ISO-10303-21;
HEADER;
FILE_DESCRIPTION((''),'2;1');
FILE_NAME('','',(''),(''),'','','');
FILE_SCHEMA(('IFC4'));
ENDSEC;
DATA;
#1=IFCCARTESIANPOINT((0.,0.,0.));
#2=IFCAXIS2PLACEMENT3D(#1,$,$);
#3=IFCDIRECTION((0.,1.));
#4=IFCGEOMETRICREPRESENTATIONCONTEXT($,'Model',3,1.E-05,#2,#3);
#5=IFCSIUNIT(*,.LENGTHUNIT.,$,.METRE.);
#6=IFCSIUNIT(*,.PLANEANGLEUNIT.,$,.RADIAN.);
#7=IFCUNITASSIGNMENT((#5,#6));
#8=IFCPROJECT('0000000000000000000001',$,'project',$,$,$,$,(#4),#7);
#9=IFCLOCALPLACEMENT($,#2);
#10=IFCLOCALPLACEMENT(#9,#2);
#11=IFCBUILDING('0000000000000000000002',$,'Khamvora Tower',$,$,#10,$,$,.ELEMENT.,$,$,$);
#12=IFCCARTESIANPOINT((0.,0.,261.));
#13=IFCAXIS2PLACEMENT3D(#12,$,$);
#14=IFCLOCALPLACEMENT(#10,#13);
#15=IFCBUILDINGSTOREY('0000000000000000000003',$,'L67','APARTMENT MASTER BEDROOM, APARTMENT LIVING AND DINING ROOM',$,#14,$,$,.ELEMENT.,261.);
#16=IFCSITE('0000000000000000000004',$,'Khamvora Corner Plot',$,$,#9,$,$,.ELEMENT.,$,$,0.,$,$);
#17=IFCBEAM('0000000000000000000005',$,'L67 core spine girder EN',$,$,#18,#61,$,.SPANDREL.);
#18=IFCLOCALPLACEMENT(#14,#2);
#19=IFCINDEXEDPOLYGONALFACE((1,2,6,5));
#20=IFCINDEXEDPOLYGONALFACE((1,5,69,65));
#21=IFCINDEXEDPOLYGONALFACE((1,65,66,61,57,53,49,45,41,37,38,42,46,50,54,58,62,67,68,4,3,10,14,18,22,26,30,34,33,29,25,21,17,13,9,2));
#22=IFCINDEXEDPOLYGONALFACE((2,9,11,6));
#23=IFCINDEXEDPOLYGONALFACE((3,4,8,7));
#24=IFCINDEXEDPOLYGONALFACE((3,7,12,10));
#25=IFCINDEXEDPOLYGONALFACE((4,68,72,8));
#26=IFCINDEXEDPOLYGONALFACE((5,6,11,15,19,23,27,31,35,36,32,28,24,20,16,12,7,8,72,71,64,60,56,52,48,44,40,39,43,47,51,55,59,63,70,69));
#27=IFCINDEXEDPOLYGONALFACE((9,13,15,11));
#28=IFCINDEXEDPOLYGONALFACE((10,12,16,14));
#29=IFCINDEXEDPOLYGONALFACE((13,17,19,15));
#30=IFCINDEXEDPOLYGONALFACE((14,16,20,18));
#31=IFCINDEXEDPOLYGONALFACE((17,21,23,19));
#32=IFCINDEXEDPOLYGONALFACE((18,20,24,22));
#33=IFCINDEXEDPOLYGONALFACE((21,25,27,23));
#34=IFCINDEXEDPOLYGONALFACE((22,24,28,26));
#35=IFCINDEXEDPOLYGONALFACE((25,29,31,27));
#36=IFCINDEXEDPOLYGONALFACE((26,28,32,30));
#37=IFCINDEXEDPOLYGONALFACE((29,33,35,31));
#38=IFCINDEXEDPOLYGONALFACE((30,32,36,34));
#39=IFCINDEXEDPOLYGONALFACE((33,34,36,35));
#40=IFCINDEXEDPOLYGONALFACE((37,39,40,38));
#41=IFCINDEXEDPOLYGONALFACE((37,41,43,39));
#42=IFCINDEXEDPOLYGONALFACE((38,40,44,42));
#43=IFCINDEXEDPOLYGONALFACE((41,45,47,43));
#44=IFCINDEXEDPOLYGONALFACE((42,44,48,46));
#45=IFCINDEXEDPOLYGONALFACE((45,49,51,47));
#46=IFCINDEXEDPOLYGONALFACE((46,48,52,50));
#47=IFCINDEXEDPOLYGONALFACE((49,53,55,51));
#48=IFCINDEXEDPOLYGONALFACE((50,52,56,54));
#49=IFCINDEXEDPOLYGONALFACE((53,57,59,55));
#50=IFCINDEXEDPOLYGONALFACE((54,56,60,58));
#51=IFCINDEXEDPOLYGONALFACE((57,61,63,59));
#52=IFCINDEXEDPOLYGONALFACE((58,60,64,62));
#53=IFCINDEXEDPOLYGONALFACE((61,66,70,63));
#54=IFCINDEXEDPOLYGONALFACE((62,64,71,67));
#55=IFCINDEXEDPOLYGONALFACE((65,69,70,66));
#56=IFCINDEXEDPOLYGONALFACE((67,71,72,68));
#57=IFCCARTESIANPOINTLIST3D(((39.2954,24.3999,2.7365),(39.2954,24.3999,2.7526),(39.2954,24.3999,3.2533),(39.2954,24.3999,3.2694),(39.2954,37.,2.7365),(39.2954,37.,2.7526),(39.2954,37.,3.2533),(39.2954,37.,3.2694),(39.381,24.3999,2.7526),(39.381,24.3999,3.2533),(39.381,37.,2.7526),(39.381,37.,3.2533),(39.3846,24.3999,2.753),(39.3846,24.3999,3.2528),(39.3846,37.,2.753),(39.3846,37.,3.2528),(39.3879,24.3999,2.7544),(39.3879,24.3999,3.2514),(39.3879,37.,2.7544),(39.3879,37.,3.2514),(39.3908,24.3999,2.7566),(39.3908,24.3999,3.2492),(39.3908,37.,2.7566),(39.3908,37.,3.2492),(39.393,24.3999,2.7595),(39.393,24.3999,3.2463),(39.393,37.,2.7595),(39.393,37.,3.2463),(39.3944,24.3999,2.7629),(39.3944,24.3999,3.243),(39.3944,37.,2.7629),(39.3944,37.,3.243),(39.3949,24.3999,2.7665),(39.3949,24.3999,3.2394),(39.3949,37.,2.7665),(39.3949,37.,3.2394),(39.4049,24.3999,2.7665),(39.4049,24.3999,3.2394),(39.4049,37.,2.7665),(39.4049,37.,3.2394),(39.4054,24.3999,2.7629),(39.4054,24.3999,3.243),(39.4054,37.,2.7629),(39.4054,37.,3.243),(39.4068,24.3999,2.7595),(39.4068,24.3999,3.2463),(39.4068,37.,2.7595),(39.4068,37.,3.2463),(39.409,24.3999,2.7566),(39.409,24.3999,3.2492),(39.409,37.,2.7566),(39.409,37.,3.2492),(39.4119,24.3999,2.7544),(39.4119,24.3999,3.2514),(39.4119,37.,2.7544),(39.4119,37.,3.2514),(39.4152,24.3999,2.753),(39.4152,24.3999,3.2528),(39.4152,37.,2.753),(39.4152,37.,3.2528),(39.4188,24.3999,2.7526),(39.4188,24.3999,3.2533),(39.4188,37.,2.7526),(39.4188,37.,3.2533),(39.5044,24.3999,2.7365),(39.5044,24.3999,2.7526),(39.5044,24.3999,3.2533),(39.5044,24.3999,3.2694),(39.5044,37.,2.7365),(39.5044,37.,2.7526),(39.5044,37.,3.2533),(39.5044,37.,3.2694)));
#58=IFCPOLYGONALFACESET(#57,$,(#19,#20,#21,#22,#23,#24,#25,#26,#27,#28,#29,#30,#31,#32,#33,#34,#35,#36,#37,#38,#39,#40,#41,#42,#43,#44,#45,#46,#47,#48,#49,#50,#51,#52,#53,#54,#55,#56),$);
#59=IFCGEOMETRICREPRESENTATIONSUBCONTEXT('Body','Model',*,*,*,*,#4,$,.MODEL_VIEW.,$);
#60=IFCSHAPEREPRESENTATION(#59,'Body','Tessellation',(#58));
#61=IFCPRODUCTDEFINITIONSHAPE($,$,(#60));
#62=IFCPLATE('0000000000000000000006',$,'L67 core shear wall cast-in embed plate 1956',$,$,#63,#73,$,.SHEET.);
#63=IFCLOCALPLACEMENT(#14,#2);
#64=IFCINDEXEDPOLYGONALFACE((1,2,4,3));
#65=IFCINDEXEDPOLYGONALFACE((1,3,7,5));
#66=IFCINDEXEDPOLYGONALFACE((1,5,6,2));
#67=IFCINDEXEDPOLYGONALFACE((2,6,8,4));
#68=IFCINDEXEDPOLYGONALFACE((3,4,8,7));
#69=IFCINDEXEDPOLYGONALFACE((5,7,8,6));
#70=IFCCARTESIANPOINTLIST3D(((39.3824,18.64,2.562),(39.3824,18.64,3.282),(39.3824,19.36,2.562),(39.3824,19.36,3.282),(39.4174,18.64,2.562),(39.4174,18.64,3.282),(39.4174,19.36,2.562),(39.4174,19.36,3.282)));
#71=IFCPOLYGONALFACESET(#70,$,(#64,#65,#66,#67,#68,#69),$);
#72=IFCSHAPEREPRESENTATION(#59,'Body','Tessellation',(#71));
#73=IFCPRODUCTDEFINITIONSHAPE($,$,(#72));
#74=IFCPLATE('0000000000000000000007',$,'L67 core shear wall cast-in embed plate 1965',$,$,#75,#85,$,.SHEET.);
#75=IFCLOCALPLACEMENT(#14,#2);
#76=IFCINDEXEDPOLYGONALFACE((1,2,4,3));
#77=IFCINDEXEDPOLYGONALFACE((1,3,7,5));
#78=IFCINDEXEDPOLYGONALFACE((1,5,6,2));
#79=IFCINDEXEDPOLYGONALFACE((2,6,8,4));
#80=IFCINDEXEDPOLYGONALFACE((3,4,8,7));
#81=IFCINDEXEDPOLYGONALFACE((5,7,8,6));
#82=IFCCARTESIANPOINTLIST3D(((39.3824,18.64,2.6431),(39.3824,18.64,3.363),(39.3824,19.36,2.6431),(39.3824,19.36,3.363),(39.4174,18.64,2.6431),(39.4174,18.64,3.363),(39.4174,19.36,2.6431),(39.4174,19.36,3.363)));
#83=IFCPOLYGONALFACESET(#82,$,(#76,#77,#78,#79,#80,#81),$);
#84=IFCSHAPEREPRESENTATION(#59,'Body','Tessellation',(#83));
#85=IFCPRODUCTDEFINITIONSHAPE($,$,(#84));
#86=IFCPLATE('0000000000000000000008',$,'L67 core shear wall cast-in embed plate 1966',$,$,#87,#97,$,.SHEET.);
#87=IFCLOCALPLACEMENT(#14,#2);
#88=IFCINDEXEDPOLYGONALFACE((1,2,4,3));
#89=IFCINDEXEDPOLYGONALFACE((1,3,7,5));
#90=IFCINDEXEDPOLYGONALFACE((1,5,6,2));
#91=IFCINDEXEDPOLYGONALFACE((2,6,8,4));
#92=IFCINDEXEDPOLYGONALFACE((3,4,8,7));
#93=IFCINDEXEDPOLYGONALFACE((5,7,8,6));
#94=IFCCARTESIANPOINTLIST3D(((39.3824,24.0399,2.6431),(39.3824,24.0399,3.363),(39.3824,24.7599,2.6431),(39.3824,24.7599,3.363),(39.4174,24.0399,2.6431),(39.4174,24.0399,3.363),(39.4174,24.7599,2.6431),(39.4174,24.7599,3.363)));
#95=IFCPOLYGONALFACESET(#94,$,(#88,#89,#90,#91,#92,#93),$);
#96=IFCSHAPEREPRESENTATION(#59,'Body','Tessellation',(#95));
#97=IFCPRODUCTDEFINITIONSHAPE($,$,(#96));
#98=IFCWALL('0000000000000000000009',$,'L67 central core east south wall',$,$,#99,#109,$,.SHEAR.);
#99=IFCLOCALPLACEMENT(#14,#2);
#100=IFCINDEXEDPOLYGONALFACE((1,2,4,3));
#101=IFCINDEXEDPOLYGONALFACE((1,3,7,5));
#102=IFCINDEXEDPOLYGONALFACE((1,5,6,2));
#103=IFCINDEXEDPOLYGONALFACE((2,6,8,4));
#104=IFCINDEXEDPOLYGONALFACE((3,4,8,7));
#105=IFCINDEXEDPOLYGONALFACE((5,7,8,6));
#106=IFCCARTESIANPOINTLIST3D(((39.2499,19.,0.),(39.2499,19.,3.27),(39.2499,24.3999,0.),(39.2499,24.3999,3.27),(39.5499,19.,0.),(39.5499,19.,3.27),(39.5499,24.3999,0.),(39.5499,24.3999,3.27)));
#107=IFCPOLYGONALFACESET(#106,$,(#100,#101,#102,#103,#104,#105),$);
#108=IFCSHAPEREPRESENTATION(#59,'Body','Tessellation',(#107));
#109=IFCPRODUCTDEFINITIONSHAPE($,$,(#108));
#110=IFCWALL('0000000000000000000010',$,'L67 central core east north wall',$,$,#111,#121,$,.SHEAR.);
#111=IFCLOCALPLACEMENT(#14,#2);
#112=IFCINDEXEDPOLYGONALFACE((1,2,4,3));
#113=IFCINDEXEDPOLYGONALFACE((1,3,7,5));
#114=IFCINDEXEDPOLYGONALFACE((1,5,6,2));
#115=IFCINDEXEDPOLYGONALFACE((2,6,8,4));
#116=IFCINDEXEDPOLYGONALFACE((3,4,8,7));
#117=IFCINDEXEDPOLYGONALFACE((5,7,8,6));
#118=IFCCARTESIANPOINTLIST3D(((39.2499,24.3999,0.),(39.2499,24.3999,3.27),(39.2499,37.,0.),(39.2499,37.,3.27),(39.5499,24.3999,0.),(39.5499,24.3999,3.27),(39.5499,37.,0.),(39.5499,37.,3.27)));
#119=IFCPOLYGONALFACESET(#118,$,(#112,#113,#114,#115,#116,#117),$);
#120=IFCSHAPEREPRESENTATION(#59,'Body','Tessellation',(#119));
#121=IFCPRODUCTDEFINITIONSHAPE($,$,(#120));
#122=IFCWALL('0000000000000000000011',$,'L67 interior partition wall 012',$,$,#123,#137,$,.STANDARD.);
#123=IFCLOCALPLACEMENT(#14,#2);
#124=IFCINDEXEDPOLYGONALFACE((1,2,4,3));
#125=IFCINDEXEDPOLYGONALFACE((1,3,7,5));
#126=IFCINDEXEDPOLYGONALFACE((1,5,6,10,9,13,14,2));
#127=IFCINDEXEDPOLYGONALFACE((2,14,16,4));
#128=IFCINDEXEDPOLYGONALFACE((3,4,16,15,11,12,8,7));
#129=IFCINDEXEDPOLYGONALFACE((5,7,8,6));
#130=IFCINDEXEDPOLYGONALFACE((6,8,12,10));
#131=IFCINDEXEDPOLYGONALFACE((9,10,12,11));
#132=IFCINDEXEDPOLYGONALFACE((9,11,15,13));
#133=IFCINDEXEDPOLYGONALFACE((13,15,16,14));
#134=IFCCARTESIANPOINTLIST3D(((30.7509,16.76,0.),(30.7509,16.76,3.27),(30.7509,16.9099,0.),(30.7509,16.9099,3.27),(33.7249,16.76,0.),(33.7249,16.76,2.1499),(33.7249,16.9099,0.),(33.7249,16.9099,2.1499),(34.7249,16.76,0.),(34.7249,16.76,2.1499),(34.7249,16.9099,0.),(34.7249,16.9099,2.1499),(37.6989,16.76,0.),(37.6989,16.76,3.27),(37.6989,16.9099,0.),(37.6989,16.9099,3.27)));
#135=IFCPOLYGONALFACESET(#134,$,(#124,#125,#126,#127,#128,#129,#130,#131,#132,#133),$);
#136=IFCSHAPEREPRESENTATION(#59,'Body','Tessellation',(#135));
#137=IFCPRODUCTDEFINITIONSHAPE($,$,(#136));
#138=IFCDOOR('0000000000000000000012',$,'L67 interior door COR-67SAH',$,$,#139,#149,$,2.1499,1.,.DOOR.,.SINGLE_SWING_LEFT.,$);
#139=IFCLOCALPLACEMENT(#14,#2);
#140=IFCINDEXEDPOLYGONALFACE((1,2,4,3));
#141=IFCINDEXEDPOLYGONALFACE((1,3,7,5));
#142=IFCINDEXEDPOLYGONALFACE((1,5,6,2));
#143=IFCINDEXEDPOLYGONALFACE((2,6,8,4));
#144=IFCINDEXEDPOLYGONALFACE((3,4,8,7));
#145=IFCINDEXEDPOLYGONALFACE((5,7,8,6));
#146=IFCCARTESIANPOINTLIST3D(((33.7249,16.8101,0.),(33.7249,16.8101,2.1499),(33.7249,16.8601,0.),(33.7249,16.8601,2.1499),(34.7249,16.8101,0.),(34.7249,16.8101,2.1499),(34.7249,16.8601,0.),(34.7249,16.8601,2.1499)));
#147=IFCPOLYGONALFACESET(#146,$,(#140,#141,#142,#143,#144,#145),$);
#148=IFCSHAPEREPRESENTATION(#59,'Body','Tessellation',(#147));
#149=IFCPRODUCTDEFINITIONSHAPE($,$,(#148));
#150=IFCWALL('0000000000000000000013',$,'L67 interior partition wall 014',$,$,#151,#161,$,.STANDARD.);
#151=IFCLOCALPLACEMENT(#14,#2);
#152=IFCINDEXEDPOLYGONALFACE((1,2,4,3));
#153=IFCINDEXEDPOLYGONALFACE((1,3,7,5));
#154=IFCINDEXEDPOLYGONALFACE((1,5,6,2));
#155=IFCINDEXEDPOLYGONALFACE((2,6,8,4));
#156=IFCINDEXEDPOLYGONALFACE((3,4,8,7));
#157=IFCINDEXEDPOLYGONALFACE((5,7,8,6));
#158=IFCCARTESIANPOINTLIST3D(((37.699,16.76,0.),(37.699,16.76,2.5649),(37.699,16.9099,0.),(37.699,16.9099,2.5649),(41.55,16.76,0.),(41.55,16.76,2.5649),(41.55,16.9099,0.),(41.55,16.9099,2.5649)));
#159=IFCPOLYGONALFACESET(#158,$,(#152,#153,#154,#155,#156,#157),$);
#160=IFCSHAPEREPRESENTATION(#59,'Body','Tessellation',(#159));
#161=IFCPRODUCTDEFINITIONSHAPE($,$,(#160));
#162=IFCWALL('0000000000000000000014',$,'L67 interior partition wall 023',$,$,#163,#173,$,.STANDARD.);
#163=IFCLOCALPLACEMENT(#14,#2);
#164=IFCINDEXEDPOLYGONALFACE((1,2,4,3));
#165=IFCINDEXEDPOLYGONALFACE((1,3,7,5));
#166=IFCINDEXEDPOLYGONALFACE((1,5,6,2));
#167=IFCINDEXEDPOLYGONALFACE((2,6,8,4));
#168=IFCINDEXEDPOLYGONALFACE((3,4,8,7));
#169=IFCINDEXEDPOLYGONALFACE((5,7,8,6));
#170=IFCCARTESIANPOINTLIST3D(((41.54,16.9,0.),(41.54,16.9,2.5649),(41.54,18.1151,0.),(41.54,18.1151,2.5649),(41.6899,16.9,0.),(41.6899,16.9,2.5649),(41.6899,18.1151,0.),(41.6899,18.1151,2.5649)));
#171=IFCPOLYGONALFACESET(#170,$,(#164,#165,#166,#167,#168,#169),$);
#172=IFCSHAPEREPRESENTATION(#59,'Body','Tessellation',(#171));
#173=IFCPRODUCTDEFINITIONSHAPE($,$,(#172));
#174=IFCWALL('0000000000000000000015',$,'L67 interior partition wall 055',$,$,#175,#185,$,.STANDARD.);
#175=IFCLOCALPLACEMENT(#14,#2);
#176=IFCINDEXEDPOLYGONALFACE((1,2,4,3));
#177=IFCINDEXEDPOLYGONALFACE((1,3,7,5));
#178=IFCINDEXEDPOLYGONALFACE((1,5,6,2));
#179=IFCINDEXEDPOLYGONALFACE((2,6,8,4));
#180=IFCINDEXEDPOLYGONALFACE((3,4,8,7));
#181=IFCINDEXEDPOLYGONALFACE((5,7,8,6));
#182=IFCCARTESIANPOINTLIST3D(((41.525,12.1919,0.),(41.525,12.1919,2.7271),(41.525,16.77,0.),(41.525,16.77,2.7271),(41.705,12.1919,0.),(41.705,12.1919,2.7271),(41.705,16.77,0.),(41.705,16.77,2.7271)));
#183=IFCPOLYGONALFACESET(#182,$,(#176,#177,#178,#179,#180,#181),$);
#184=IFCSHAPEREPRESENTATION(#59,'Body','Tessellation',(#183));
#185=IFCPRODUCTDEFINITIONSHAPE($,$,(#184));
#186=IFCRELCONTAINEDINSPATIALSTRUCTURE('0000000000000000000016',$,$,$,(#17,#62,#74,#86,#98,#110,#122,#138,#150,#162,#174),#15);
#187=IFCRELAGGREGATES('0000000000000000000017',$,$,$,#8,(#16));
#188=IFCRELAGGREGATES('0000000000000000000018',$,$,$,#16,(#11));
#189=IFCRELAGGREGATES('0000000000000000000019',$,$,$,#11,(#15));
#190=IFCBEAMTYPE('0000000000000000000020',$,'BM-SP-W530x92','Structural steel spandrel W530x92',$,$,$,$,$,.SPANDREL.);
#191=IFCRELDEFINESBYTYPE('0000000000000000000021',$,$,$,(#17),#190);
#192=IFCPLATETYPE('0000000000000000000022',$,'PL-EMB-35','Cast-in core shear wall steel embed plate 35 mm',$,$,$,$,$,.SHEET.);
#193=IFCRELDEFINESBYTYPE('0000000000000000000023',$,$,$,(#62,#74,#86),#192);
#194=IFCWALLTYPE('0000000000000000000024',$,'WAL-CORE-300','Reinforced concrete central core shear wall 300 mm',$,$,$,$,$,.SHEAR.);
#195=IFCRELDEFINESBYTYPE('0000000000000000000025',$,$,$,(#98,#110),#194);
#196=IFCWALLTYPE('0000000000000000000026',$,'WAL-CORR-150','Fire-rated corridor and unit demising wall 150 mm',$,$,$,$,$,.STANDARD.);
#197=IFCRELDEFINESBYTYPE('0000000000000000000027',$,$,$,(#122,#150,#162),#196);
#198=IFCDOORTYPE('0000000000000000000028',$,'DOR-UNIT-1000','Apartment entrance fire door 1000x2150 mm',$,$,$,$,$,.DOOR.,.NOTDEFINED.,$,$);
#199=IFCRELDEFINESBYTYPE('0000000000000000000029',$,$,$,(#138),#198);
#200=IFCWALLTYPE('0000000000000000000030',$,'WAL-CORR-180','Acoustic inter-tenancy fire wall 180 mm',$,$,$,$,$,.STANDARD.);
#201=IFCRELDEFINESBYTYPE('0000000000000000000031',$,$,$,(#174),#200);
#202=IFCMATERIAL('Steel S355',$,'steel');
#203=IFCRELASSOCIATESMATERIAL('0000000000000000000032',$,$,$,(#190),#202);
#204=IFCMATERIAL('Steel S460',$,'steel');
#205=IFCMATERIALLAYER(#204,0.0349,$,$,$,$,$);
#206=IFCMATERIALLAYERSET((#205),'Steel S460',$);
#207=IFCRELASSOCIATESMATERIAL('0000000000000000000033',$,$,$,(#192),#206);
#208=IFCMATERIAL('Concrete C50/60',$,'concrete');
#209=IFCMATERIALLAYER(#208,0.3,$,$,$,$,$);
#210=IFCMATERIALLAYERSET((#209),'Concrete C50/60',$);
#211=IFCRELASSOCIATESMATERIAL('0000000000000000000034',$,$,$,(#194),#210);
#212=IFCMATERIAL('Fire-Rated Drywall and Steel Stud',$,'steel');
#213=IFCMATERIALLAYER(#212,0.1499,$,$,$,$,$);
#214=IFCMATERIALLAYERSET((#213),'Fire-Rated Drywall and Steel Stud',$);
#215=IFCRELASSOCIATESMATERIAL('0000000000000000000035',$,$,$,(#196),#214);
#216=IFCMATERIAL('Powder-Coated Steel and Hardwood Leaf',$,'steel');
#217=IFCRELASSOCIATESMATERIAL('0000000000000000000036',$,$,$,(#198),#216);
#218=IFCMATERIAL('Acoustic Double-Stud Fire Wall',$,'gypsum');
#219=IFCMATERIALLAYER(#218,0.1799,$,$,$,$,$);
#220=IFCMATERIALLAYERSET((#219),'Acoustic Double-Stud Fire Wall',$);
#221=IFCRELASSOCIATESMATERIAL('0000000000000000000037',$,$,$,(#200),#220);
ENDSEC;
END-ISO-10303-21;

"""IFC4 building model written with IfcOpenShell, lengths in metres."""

from ifc_helpers import new_model, si_unit, direction, frame, frame_2d, origin, origin_2d, place, context, subcontext, project, spatial, rectangle, i_section, extrude, material, layer, layer_set, material_profile, profile_set, type_object, element, fill, save


model = new_model("IFC4")

# Units and contexts
model_context = context("Model", 3, precision=1e-05, world=origin(), true_north=direction((0.0, 1.0)))
body_context = subcontext(model_context, "Body", "Model", "MODEL_VIEW")
ifc_project = project(units=[si_unit("LENGTHUNIT", "METRE"), si_unit("PLANEANGLEUNIT", "RADIAN")], contexts=[model_context])

# Site, building, storey
site_placement = place(None, origin())
site = spatial("IfcSite", under=ifc_project, at=site_placement, Name="Khamvora Corner Plot", CompositionType="ELEMENT", RefElevation=0.0)
building_placement = place(site_placement, origin())
building = spatial("IfcBuilding", under=site, at=building_placement, Name="Khamvora Tower", CompositionType="ELEMENT")
storey_placement = place(building_placement, frame((0.0, 0.0, 261.0)))
storey = spatial("IfcBuildingStorey", under=building, at=storey_placement, Name="L67", Description="APARTMENT MASTER BEDROOM, APARTMENT LIVING AND DINING ROOM", CompositionType="ELEMENT", Elevation=261.0)

# Shared definitions
ifc_material_1 = material(Name="Steel S355", Category="steel")

# Beam
ifc_material_profile_1 = material_profile(ifc_material_1, i_section(OverallWidth=0.209, OverallDepth=0.533, WebThickness=0.01, FlangeThickness=0.0161, FilletRadius=0.0139, at=origin_2d()), Name="W530x92")
ifc_profile_set_1 = profile_set([ifc_material_profile_1], Name="Steel S355")
beam_type_1 = type_object("IfcBeamType", Name="BM-SP-W530x92", Description="Structural steel spandrel W530x92", PredefinedType="SPANDREL", material=ifc_profile_set_1)
beam_1_placement = place(storey_placement, frame((39.3999, 24.3999, 3.0029), z_axis=(0.0, 1.0, 0.0), x_axis=(-1.0, 0.0, 0.0)))
element("IfcBeam", 1, at=beam_1_placement, inside=storey, type_object=beam_type_1, Name="L67 core spine girder EN", PredefinedType="SPANDREL", context=body_context, shape_type="SweptSolid", body=[
    extrude(i_section(OverallWidth=0.209, OverallDepth=0.533, WebThickness=0.01, FlangeThickness=0.0161, FilletRadius=0.0139, at=origin_2d()), origin(), (0.0, 0.0, 1.0), 12.6001),
])

# Plates
ifc_material_2 = material(Name="Steel S460", Category="steel")
ifc_layer_1 = layer(ifc_material_2, 0.0349)
ifc_layer_set_1 = layer_set([ifc_layer_1], Name="Steel S460")
plate_type = type_object("IfcPlateType", Name="PL-EMB-35", Description="Cast-in core shear wall steel embed plate 35 mm", PredefinedType="SHEET", material=ifc_layer_set_1)
for number, where, z_axis, x_axis, name in (
    (2, (39.3999, 19.0, 2.562), (0.0, 0.0, 1.0), (1.0, 0.0, 0.0), "L67 core shear wall cast-in embed plate 1956"),
    (3, (39.3999, 19.0, 2.6431), (0.0, 0.0, 1.0), (1.0, 0.0, 0.0), "L67 core shear wall cast-in embed plate 1965"),
    (4, (39.3999, 24.3999, 2.6431), (0.0, 0.0, 1.0), (1.0, 0.0, 0.0), "L67 core shear wall cast-in embed plate 1966"),
):
    element("IfcPlate", number, at=place(storey_placement, frame(where, z_axis=z_axis, x_axis=x_axis)), inside=storey, type_object=plate_type, Name=name, PredefinedType="SHEET", context=body_context, shape_type="SweptSolid", body=[
        extrude(rectangle(XDim=0.0349, YDim=0.72, at=origin_2d()), origin(), (0.0, 0.0, 1.0), 0.72),
    ])

# Walls
ifc_material_3 = material(Name="Concrete C50/60", Category="concrete")
ifc_layer_2 = layer(ifc_material_3, 0.3)
ifc_layer_set_2 = layer_set([ifc_layer_2], Name="Concrete C50/60")
wall_type_1 = type_object("IfcWallType", Name="WAL-CORE-300", Description="Reinforced concrete central core shear wall 300 mm", PredefinedType="SHEAR", material=ifc_layer_set_2)
wall_1_placement = place(storey_placement, frame((39.3999, 19.0, 0.0), z_axis=(0.0, 0.0, 1.0), x_axis=(0.0, 1.0, 0.0)))
element("IfcWall", 5, at=wall_1_placement, inside=storey, type_object=wall_type_1, Name="L67 central core east south wall", PredefinedType="SHEAR", context=body_context, shape_type="SweptSolid", body=[
    extrude(rectangle(XDim=5.3999, YDim=0.3, at=frame_2d((2.7, 0.0))), origin(), (0.0, 0.0, 1.0), 3.27),
])
wall_2_placement = place(storey_placement, frame((39.3999, 24.3999, 0.0), z_axis=(0.0, 0.0, 1.0), x_axis=(0.0, 1.0, 0.0)))
element("IfcWall", 6, at=wall_2_placement, inside=storey, type_object=wall_type_1, Name="L67 central core east north wall", PredefinedType="SHEAR", context=body_context, shape_type="SweptSolid", body=[
    extrude(rectangle(XDim=12.6001, YDim=0.3, at=frame_2d((6.3, 0.0))), origin(), (0.0, 0.0, 1.0), 3.27),
])

# Wall, opening, door
ifc_material_4 = material(Name="Fire-Rated Drywall and Steel Stud", Category="steel")
ifc_layer_3 = layer(ifc_material_4, 0.1499)
ifc_layer_set_3 = layer_set([ifc_layer_3], Name="Fire-Rated Drywall and Steel Stud")
wall_type_2 = type_object("IfcWallType", Name="WAL-CORR-150", Description="Fire-rated corridor and unit demising wall 150 mm", PredefinedType="STANDARD", material=ifc_layer_set_3)
wall_3_placement = place(storey_placement, frame((37.699, 16.835, 0.0), z_axis=(0.0, 0.0, 1.0), x_axis=(-1.0, 0.0, 0.0)))
wall_3 = element("IfcWall", 7, at=wall_3_placement, inside=storey, type_object=wall_type_2, Name="L67 interior partition wall 012", PredefinedType="STANDARD", context=body_context, shape_type="SweptSolid", body=[
    extrude(rectangle(XDim=6.948, YDim=0.1499, at=frame_2d((3.4741, 0.0))), origin(), (0.0, 0.0, 1.0), 3.27),
])
opening_placement = place(wall_3_placement, frame((2.9741, 0.0, 0.0)))
opening = element("IfcOpeningElement", 8, at=opening_placement, cuts=wall_3, PredefinedType="OPENING", context=body_context, shape_type="SweptSolid", body=[
    extrude(rectangle(XDim=1.0, YDim=2.1499, at=frame_2d((0.5, 1.075))), frame((0.0, 0.085, 0.0), z_axis=(0.0, -1.0, 0.0), x_axis=(1.0, 0.0, 0.0)), (0.0, 0.0, 1.0), 0.1699),
])
ifc_material_5 = material(Name="Powder-Coated Steel and Hardwood Leaf", Category="steel")
door_type = type_object("IfcDoorType", Name="DOR-UNIT-1000", Description="Apartment entrance fire door 1000x2150 mm", OperationType="NOTDEFINED", PredefinedType="DOOR", material=ifc_material_5)
door_placement = place(opening_placement, origin())
door = element("IfcDoor", 9, at=door_placement, inside=storey, type_object=door_type, Name="L67 interior door COR-67SAH", OperationType="SINGLE_SWING_LEFT", OverallHeight=2.1499, OverallWidth=1.0, PredefinedType="DOOR", context=body_context, shape_type="SweptSolid", body=[
    extrude(rectangle(XDim=1.0, YDim=2.1499, at=frame_2d((0.5, 1.075))), frame((0.0, 0.0249, 0.0), z_axis=(0.0, -1.0, 0.0), x_axis=(1.0, 0.0, 0.0)), (0.0, 0.0, 1.0), 0.05),
])
fill(opening, door)

# Walls
wall_4_placement = place(storey_placement, frame((41.55, 16.835, 0.0), z_axis=(0.0, 0.0, 1.0), x_axis=(-1.0, 0.0, 0.0)))
element("IfcWall", 10, at=wall_4_placement, inside=storey, type_object=wall_type_2, Name="L67 interior partition wall 014", PredefinedType="STANDARD", context=body_context, shape_type="SweptSolid", body=[
    extrude(rectangle(XDim=3.8511, YDim=0.1499, at=frame_2d((1.9255, 0.0))), origin(), (0.0, 0.0, 1.0), 2.5649),
])
wall_5_placement = place(storey_placement, frame((41.615, 18.115, 0.0), z_axis=(0.0, 0.0, 1.0), x_axis=(0.0, -1.0, 0.0)))
element("IfcWall", 11, at=wall_5_placement, inside=storey, type_object=wall_type_2, Name="L67 interior partition wall 023", PredefinedType="STANDARD", context=body_context, shape_type="SweptSolid", body=[
    extrude(rectangle(XDim=1.2151, YDim=0.1499, at=frame_2d((0.6074, 0.0))), origin(), (0.0, 0.0, 1.0), 2.5649),
])
ifc_material_6 = material(Name="Acoustic Double-Stud Fire Wall", Category="gypsum")
ifc_layer_4 = layer(ifc_material_6, 0.1799)
ifc_layer_set_4 = layer_set([ifc_layer_4], Name="Acoustic Double-Stud Fire Wall")
wall_type_3 = type_object("IfcWallType", Name="WAL-CORR-180", Description="Acoustic inter-tenancy fire wall 180 mm", PredefinedType="STANDARD", material=ifc_layer_set_4)
wall_6_placement = place(storey_placement, frame((41.615, 16.77, 0.0), z_axis=(0.0, 0.0, 1.0), x_axis=(0.0, -1.0, 0.0)))
element("IfcWall", 12, at=wall_6_placement, inside=storey, type_object=wall_type_3, Name="L67 interior partition wall 055", PredefinedType="STANDARD", context=body_context, shape_type="SweptSolid", body=[
    extrude(rectangle(XDim=4.5781, YDim=0.1799, at=frame_2d((2.2891, 0.0))), origin(), (0.0, 0.0, 1.0), 2.7271),
])

save(model, "model.ifc")
